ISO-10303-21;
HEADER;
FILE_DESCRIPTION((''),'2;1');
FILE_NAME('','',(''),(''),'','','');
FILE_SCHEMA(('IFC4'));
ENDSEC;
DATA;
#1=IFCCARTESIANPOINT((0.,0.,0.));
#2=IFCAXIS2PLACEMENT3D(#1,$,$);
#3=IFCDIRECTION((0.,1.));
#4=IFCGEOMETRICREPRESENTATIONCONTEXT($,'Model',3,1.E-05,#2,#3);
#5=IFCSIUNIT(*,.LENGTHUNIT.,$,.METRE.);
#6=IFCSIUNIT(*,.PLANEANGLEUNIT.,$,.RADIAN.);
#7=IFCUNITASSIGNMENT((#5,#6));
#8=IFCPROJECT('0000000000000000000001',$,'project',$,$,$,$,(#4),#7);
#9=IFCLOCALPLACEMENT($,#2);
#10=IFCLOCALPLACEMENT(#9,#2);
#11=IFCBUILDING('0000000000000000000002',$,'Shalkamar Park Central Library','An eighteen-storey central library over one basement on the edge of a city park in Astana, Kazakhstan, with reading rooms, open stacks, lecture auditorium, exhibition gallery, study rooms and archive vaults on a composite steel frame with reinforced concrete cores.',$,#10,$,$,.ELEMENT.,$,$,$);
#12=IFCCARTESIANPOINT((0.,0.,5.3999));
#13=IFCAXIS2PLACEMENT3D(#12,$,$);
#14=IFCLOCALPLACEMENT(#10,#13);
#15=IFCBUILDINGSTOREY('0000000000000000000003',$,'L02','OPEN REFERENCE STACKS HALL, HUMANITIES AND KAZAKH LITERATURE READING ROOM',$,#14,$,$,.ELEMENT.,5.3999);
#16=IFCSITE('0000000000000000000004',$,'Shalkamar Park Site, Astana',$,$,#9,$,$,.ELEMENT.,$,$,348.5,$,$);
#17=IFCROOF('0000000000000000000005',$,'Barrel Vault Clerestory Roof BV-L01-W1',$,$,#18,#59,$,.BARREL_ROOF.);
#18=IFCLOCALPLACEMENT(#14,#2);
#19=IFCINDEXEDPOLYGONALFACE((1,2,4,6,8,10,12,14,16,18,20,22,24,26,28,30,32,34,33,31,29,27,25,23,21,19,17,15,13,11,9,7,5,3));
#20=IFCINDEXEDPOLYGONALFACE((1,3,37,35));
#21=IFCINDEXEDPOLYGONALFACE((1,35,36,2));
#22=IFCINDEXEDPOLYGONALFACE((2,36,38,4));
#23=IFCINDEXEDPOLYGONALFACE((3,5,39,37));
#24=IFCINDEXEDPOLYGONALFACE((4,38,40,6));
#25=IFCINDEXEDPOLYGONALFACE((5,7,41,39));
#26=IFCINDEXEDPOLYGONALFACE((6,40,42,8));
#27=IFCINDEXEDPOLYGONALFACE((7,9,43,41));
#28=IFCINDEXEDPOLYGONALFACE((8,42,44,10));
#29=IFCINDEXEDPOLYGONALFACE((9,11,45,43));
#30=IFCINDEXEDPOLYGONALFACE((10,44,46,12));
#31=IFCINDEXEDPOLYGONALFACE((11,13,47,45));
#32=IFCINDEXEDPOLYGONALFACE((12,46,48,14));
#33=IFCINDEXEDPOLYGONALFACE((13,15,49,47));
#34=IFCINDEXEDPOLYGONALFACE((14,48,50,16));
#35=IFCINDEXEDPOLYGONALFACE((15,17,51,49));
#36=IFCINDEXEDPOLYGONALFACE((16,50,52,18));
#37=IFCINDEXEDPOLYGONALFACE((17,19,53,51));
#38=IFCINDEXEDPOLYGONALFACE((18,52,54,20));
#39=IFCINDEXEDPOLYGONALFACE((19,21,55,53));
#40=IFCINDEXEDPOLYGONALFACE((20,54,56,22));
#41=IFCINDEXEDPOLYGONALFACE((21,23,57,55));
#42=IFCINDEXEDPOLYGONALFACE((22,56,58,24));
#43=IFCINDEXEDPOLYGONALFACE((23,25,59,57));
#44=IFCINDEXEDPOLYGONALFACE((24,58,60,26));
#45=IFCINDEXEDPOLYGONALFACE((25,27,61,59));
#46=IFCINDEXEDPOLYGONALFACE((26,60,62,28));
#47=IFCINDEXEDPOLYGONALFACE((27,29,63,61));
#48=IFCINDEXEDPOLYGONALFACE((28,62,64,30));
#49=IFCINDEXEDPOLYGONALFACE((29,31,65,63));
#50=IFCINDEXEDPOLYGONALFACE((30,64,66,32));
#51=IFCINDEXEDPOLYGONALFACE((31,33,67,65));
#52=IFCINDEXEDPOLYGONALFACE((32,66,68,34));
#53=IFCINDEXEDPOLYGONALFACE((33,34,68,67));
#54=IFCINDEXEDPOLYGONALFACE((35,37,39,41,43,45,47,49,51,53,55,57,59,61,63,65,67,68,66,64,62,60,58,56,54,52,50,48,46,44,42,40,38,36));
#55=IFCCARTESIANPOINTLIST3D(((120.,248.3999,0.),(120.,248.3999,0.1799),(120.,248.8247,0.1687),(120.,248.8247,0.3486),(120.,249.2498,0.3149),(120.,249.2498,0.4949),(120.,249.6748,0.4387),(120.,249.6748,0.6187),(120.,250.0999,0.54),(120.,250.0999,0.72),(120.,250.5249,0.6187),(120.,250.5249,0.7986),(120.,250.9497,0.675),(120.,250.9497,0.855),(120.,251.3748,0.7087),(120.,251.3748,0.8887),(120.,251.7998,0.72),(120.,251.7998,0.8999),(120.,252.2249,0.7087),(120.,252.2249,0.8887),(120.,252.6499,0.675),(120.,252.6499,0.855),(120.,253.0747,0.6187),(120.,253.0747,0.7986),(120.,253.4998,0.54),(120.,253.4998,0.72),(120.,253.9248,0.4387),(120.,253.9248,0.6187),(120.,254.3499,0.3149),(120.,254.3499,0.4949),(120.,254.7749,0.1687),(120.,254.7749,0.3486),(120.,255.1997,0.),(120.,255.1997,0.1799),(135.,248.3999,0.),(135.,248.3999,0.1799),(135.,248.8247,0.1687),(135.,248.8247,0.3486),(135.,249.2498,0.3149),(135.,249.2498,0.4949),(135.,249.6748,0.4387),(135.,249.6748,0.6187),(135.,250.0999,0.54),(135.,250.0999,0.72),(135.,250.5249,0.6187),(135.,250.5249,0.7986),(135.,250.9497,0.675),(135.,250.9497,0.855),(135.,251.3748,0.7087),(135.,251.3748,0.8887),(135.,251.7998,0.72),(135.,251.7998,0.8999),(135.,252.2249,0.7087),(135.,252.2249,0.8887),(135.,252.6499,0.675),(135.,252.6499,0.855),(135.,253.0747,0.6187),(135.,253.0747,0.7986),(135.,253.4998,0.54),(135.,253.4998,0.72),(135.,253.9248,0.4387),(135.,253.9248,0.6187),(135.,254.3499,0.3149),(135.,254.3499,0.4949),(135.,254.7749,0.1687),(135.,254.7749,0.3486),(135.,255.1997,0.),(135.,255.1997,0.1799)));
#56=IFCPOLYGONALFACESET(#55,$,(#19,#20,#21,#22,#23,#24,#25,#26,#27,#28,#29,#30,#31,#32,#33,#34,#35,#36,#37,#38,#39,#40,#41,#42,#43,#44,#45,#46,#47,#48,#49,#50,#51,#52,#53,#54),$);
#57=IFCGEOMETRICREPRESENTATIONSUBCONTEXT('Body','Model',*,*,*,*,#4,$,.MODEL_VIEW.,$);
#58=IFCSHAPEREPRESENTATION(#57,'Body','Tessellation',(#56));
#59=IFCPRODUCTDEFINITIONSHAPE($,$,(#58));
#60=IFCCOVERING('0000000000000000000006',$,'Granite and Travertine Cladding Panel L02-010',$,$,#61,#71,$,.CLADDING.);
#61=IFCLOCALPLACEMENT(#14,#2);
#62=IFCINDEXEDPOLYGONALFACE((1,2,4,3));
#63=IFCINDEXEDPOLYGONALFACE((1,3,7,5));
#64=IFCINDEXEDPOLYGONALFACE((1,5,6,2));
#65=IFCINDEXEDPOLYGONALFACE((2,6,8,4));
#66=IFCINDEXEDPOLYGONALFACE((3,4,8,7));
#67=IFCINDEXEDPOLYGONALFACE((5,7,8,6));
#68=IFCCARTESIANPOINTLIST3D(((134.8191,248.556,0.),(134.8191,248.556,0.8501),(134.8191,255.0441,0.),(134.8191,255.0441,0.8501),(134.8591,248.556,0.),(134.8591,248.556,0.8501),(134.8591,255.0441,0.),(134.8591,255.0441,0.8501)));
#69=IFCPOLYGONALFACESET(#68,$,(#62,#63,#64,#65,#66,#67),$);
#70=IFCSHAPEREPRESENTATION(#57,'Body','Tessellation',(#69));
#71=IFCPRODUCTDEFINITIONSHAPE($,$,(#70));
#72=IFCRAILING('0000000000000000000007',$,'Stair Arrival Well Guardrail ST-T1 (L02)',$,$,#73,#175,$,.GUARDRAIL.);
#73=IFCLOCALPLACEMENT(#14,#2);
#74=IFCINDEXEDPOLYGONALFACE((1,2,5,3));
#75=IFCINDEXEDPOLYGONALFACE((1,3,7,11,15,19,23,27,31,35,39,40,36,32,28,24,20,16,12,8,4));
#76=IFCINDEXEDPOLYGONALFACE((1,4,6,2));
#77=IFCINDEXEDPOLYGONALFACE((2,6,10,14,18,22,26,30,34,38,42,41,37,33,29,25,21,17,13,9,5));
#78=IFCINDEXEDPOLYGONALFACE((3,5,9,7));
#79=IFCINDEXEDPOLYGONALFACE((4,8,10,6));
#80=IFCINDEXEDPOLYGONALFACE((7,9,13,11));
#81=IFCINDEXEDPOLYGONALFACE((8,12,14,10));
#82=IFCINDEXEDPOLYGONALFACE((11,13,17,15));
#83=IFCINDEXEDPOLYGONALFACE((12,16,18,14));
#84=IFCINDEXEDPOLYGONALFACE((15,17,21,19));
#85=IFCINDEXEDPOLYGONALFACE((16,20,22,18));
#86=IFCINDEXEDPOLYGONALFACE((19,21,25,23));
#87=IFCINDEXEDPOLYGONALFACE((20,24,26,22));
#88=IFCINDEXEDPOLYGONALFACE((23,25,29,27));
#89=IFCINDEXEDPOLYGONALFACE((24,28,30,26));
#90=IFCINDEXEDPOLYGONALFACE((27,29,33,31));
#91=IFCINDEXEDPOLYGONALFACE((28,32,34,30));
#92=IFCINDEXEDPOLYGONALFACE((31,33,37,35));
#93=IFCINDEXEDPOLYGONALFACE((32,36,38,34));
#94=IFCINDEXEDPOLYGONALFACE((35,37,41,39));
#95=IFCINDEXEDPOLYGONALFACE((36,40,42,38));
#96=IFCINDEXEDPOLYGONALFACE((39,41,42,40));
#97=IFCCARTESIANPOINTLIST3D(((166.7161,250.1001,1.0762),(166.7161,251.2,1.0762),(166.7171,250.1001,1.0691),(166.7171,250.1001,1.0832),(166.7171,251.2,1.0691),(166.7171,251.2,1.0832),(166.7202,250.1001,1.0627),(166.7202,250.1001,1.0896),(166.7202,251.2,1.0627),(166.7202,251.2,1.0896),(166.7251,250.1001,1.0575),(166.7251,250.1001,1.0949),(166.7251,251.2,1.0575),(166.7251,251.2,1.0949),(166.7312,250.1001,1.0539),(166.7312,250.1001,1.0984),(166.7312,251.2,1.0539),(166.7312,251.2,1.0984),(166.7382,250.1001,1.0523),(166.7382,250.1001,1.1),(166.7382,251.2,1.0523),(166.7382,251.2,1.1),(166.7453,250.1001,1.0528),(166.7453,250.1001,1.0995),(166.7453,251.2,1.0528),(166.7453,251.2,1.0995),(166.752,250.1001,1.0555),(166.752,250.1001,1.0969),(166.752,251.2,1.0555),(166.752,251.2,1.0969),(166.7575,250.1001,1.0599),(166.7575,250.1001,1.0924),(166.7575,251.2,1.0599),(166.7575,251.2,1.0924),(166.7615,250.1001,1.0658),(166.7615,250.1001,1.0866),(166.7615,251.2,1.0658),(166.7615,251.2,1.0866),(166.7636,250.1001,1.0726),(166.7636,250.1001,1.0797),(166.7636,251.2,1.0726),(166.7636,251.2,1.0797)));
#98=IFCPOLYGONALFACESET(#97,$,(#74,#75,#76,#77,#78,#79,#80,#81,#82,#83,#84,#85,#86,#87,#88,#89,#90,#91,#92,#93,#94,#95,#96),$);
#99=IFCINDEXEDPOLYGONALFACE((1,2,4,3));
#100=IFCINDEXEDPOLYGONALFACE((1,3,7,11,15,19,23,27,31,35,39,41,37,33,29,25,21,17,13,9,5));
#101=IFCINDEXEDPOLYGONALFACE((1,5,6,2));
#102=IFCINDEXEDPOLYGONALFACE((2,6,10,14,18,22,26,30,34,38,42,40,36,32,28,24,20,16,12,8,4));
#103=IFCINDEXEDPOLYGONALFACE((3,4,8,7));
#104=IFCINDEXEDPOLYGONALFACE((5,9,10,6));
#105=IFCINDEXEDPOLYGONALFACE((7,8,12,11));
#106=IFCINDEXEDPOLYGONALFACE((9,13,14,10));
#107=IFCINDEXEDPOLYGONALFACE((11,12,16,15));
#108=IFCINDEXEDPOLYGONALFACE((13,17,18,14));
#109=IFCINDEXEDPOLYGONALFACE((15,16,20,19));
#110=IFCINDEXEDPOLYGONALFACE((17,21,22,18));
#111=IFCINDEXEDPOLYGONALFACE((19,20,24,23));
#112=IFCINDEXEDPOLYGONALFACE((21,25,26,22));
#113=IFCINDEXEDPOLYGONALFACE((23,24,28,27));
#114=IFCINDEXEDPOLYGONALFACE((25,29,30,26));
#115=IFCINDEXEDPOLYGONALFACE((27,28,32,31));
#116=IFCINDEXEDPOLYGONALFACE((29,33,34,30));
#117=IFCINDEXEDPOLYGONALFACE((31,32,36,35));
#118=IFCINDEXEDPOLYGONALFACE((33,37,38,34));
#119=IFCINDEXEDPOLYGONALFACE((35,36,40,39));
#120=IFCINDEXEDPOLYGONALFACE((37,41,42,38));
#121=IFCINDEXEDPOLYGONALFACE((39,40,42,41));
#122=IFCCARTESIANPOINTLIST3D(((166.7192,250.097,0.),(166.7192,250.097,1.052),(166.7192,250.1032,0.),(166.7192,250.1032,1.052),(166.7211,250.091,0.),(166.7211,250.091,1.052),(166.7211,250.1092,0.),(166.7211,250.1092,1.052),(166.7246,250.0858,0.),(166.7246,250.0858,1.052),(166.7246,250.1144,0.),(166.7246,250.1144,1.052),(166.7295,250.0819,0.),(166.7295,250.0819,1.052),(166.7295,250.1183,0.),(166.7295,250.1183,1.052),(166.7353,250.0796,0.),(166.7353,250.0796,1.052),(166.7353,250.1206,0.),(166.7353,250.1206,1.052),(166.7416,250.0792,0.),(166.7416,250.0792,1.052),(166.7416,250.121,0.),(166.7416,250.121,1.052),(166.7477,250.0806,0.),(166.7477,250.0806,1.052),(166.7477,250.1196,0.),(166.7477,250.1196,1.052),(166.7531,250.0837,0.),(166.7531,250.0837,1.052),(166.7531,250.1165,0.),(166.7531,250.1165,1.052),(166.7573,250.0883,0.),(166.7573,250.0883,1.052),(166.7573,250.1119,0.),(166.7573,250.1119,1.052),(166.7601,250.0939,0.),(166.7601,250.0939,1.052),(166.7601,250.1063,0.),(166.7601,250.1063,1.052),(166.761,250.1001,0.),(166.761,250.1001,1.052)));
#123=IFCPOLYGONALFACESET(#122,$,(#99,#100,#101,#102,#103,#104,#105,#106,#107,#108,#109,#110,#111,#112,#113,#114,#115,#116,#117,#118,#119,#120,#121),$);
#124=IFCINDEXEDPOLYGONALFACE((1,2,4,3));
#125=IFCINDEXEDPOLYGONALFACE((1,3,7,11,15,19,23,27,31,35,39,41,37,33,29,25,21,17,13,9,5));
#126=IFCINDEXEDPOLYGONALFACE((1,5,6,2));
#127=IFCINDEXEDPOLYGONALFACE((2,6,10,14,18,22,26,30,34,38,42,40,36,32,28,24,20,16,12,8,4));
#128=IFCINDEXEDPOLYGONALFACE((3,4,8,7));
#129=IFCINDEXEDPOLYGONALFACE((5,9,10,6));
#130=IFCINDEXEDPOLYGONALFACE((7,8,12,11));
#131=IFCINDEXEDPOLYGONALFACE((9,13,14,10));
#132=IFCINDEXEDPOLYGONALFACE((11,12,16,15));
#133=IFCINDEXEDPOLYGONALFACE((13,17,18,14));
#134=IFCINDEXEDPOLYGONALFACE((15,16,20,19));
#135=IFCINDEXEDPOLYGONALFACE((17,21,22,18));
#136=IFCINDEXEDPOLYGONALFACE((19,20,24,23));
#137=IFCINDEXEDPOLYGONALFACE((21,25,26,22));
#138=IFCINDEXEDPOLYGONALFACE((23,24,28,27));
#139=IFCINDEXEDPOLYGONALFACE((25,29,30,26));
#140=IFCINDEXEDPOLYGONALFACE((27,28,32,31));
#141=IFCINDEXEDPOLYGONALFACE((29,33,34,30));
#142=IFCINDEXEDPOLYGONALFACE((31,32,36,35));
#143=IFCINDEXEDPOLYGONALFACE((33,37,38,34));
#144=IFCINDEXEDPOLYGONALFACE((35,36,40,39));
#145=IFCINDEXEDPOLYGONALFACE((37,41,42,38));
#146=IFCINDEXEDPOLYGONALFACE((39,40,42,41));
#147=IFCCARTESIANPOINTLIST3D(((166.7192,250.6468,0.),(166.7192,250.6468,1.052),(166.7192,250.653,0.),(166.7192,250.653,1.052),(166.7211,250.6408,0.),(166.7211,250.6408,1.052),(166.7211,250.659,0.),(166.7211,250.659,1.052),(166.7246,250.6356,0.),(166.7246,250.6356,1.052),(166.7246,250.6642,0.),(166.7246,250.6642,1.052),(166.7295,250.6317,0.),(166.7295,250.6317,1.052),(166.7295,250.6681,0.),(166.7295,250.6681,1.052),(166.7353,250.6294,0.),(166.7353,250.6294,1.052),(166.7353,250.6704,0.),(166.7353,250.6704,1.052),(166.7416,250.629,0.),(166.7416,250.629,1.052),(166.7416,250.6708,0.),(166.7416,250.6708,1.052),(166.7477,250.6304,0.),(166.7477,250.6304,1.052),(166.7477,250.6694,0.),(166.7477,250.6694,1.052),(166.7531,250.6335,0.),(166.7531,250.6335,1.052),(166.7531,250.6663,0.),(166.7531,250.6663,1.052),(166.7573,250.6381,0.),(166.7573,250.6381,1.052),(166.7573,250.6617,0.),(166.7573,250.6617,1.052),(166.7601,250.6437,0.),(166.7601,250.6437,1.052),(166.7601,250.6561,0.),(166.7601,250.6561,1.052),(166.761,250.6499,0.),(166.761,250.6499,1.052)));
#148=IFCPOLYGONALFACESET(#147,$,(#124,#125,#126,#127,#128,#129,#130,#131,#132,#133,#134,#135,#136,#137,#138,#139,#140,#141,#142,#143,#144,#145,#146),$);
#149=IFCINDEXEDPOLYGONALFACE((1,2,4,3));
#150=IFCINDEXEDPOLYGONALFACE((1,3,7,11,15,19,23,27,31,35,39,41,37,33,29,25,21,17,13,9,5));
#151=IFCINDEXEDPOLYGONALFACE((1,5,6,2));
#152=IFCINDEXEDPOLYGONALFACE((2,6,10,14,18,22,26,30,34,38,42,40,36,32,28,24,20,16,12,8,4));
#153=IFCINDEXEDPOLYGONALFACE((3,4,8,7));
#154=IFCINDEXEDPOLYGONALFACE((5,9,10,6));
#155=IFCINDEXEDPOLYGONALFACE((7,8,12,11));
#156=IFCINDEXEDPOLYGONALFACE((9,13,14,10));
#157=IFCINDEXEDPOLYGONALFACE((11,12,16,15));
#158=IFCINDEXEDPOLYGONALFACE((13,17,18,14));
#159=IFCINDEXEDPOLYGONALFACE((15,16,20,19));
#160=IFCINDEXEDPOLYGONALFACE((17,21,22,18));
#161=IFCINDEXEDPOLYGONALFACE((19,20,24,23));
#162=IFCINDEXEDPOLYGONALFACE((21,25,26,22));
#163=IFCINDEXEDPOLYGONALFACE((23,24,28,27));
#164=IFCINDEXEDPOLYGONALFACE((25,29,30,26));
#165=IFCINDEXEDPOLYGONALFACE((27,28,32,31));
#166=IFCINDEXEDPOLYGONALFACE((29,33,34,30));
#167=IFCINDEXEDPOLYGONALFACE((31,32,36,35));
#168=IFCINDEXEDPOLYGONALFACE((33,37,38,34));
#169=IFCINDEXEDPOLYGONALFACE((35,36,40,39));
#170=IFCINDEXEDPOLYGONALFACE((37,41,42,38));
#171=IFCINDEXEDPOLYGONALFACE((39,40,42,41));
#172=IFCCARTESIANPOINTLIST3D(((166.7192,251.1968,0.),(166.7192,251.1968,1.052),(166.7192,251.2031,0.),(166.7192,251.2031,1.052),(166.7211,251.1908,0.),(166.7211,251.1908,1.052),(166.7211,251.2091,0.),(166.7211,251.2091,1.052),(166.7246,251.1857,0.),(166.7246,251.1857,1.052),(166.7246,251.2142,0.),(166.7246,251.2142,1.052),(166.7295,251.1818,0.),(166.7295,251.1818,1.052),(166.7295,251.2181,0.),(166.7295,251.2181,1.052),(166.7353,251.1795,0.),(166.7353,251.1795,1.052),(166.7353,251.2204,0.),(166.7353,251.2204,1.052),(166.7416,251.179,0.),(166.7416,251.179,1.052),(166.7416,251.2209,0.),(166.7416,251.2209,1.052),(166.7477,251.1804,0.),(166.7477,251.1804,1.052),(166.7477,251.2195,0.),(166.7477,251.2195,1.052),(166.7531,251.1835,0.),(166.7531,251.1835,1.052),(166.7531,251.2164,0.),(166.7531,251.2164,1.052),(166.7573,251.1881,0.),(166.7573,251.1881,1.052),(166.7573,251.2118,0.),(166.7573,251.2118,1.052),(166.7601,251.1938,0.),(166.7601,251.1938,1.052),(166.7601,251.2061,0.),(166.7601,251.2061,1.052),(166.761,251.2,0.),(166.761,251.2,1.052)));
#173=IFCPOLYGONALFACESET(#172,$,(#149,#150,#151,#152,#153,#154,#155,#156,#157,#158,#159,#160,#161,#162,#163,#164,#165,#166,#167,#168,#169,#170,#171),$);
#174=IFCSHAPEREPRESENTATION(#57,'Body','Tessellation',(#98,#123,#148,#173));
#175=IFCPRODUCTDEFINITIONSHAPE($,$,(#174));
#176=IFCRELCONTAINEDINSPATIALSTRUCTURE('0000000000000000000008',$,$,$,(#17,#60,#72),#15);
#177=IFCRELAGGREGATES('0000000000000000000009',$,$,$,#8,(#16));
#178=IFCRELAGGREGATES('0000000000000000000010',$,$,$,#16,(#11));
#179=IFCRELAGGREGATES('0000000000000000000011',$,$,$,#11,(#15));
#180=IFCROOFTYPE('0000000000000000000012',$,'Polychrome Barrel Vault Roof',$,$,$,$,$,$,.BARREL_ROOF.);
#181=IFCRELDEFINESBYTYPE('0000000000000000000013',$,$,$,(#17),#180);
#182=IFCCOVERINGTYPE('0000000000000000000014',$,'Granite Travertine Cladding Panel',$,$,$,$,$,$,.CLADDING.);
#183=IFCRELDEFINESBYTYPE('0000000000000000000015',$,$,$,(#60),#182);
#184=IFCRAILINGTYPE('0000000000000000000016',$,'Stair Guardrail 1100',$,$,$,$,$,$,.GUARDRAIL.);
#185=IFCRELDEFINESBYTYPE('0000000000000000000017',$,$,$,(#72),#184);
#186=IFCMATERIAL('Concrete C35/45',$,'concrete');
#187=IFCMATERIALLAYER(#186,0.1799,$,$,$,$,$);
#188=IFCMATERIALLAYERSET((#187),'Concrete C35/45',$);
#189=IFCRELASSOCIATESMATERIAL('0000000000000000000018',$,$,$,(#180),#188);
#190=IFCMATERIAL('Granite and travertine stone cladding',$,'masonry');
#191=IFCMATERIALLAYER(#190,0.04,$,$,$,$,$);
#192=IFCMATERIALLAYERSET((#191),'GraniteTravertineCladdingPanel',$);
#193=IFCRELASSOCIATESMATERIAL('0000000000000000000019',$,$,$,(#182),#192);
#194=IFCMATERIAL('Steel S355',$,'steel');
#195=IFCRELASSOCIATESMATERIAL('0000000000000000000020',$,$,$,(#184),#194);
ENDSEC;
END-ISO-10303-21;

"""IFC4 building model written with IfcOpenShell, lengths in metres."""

from ifc_helpers import new_model, si_unit, direction, frame, origin, origin_2d, place, context, subcontext, project, spatial, polyline, rectangle, circle, outline, extrude, material, layer, layer_set, type_object, element, save


model = new_model("IFC4")

# Units and contexts
model_context = context("Model", 3, precision=1e-05, world=origin(), true_north=direction((0.0, 1.0)))
body_context = subcontext(model_context, "Body", "Model", "MODEL_VIEW")
ifc_project = project(units=[si_unit("LENGTHUNIT", "METRE"), si_unit("PLANEANGLEUNIT", "RADIAN")], contexts=[model_context])

# Site, building, storey
site_placement = place(None, origin())
site = spatial("IfcSite", under=ifc_project, at=site_placement, Name="Shalkamar Park Site, Astana", CompositionType="ELEMENT", RefElevation=348.5)
building_placement = place(site_placement, origin())
building = spatial("IfcBuilding", under=site, at=building_placement, Name="Shalkamar Park Central Library", Description="An eighteen-storey central library over one basement on the edge of a city park in Astana, Kazakhstan, with reading rooms, open stacks, lecture auditorium, exhibition gallery, study rooms and archive vaults on a composite steel frame with reinforced concrete cores.", CompositionType="ELEMENT")
storey_placement = place(building_placement, frame((0.0, 0.0, 5.3999)))
storey = spatial("IfcBuildingStorey", under=building, at=storey_placement, Name="L02", Description="OPEN REFERENCE STACKS HALL, HUMANITIES AND KAZAKH LITERATURE READING ROOM", CompositionType="ELEMENT", Elevation=5.3999)

# Shared definitions
ifc_material_1 = material(Name="Steel S355", Category="steel")

# Shared definitions
ifc_material_2 = material(Name="Concrete C35/45", Category="concrete")

# Roof
ifc_layer_1 = layer(ifc_material_2, 0.1799)
ifc_layer_set_1 = layer_set([ifc_layer_1], Name="Concrete C35/45")
roof_type = type_object("IfcRoofType", Name="Polychrome Barrel Vault Roof", PredefinedType="BARREL_ROOF", material=ifc_layer_set_1)
roof_placement = place(storey_placement, frame((120.0, 251.7998, 0.0), z_axis=(0.0, 0.0, 1.0), x_axis=(1.0, 0.0, 0.0)))
element("IfcRoof", 1, at=roof_placement, inside=storey, type_object=roof_type, Name="Barrel Vault Clerestory Roof BV-L01-W1", PredefinedType="BARREL_ROOF", context=body_context, shape_type="SweptSolid", body=[
    extrude(outline(polyline([(-3.3999, 0.1799), (-2.9751, 0.3486), (-2.55, 0.4949), (-2.125, 0.6187), (-1.7, 0.72), (-1.2749, 0.7986), (-0.8501, 0.855), (-0.425, 0.8887), (0.0, 0.8999), (0.425, 0.8887), (0.8501, 0.855), (1.2749, 0.7986), (1.7, 0.72), (2.125, 0.6187), (2.55, 0.4949), (2.9751, 0.3486), (3.3999, 0.1799), (3.3999, 0.0), (2.9751, 0.1687), (2.55, 0.3149), (2.125, 0.4387), (1.7, 0.54), (1.2749, 0.6187), (0.8501, 0.675), (0.425, 0.7087), (0.0, 0.72), (-0.425, 0.7087), (-0.8501, 0.675), (-1.2749, 0.6187), (-1.7, 0.54), (-2.125, 0.4387), (-2.55, 0.3149), (-2.9751, 0.1687), (-3.3999, 0.0), (-3.3999, 0.1799)])), frame((0.0, 0.0, 0.0), z_axis=(1.0, 0.0, 0.0), x_axis=(0.0, 1.0, 0.0)), (0.0, 0.0, 1.0), 15.0),
])

# Covering
ifc_material_3 = material(Name="Granite and travertine stone cladding", Category="masonry")
ifc_layer_2 = layer(ifc_material_3, 0.04)
ifc_layer_set_2 = layer_set([ifc_layer_2], Name="GraniteTravertineCladdingPanel")
covering_type = type_object("IfcCoveringType", Name="Granite Travertine Cladding Panel", PredefinedType="CLADDING", material=ifc_layer_set_2)
covering_placement = place(storey_placement, frame((134.8391, 251.8, 0.0), z_axis=(0.0, 0.0, 1.0), x_axis=(1.0, 0.0, 0.0)))
element("IfcCovering", 2, at=covering_placement, inside=storey, type_object=covering_type, Name="Granite and Travertine Cladding Panel L02-010", PredefinedType="CLADDING", context=body_context, shape_type="SweptSolid", body=[
    extrude(rectangle(XDim=0.04, YDim=6.488, at=origin_2d()), origin(), (0.0, 0.0, 1.0), 0.8501),
])

# Railing
railing_type_1 = type_object("IfcRailingType", Name="Stair Guardrail 1100", PredefinedType="GUARDRAIL", material=ifc_material_1)
railing_1_placement = place(storey_placement, frame((166.74, 250.1001, 0.0)))
element("IfcRailing", 3, at=railing_1_placement, inside=storey, type_object=railing_type_1, Name="Stair Arrival Well Guardrail ST-T1 (L02)", PredefinedType="GUARDRAIL", context=body_context, shape_type="SweptSolid", body=[
    extrude(circle(Radius=0.0239, at=origin_2d()), frame((0.0, 0.0, 1.0762), z_axis=(0.0, 1.0, 0.0), x_axis=(-1.0, 0.0, 0.0)), (0.0, 0.0, 1.0), 1.0999),
    extrude(circle(Radius=0.021, at=origin_2d()), origin(), (0.0, 0.0, 1.0), 1.052),
    extrude(circle(Radius=0.021, at=origin_2d()), frame((0.0, 0.5498, 0.0)), (0.0, 0.0, 1.0), 1.052),
    extrude(circle(Radius=0.021, at=origin_2d()), frame((0.0, 1.0999, 0.0)), (0.0, 0.0, 1.0), 1.052),
])

save(model, "model.ifc")
